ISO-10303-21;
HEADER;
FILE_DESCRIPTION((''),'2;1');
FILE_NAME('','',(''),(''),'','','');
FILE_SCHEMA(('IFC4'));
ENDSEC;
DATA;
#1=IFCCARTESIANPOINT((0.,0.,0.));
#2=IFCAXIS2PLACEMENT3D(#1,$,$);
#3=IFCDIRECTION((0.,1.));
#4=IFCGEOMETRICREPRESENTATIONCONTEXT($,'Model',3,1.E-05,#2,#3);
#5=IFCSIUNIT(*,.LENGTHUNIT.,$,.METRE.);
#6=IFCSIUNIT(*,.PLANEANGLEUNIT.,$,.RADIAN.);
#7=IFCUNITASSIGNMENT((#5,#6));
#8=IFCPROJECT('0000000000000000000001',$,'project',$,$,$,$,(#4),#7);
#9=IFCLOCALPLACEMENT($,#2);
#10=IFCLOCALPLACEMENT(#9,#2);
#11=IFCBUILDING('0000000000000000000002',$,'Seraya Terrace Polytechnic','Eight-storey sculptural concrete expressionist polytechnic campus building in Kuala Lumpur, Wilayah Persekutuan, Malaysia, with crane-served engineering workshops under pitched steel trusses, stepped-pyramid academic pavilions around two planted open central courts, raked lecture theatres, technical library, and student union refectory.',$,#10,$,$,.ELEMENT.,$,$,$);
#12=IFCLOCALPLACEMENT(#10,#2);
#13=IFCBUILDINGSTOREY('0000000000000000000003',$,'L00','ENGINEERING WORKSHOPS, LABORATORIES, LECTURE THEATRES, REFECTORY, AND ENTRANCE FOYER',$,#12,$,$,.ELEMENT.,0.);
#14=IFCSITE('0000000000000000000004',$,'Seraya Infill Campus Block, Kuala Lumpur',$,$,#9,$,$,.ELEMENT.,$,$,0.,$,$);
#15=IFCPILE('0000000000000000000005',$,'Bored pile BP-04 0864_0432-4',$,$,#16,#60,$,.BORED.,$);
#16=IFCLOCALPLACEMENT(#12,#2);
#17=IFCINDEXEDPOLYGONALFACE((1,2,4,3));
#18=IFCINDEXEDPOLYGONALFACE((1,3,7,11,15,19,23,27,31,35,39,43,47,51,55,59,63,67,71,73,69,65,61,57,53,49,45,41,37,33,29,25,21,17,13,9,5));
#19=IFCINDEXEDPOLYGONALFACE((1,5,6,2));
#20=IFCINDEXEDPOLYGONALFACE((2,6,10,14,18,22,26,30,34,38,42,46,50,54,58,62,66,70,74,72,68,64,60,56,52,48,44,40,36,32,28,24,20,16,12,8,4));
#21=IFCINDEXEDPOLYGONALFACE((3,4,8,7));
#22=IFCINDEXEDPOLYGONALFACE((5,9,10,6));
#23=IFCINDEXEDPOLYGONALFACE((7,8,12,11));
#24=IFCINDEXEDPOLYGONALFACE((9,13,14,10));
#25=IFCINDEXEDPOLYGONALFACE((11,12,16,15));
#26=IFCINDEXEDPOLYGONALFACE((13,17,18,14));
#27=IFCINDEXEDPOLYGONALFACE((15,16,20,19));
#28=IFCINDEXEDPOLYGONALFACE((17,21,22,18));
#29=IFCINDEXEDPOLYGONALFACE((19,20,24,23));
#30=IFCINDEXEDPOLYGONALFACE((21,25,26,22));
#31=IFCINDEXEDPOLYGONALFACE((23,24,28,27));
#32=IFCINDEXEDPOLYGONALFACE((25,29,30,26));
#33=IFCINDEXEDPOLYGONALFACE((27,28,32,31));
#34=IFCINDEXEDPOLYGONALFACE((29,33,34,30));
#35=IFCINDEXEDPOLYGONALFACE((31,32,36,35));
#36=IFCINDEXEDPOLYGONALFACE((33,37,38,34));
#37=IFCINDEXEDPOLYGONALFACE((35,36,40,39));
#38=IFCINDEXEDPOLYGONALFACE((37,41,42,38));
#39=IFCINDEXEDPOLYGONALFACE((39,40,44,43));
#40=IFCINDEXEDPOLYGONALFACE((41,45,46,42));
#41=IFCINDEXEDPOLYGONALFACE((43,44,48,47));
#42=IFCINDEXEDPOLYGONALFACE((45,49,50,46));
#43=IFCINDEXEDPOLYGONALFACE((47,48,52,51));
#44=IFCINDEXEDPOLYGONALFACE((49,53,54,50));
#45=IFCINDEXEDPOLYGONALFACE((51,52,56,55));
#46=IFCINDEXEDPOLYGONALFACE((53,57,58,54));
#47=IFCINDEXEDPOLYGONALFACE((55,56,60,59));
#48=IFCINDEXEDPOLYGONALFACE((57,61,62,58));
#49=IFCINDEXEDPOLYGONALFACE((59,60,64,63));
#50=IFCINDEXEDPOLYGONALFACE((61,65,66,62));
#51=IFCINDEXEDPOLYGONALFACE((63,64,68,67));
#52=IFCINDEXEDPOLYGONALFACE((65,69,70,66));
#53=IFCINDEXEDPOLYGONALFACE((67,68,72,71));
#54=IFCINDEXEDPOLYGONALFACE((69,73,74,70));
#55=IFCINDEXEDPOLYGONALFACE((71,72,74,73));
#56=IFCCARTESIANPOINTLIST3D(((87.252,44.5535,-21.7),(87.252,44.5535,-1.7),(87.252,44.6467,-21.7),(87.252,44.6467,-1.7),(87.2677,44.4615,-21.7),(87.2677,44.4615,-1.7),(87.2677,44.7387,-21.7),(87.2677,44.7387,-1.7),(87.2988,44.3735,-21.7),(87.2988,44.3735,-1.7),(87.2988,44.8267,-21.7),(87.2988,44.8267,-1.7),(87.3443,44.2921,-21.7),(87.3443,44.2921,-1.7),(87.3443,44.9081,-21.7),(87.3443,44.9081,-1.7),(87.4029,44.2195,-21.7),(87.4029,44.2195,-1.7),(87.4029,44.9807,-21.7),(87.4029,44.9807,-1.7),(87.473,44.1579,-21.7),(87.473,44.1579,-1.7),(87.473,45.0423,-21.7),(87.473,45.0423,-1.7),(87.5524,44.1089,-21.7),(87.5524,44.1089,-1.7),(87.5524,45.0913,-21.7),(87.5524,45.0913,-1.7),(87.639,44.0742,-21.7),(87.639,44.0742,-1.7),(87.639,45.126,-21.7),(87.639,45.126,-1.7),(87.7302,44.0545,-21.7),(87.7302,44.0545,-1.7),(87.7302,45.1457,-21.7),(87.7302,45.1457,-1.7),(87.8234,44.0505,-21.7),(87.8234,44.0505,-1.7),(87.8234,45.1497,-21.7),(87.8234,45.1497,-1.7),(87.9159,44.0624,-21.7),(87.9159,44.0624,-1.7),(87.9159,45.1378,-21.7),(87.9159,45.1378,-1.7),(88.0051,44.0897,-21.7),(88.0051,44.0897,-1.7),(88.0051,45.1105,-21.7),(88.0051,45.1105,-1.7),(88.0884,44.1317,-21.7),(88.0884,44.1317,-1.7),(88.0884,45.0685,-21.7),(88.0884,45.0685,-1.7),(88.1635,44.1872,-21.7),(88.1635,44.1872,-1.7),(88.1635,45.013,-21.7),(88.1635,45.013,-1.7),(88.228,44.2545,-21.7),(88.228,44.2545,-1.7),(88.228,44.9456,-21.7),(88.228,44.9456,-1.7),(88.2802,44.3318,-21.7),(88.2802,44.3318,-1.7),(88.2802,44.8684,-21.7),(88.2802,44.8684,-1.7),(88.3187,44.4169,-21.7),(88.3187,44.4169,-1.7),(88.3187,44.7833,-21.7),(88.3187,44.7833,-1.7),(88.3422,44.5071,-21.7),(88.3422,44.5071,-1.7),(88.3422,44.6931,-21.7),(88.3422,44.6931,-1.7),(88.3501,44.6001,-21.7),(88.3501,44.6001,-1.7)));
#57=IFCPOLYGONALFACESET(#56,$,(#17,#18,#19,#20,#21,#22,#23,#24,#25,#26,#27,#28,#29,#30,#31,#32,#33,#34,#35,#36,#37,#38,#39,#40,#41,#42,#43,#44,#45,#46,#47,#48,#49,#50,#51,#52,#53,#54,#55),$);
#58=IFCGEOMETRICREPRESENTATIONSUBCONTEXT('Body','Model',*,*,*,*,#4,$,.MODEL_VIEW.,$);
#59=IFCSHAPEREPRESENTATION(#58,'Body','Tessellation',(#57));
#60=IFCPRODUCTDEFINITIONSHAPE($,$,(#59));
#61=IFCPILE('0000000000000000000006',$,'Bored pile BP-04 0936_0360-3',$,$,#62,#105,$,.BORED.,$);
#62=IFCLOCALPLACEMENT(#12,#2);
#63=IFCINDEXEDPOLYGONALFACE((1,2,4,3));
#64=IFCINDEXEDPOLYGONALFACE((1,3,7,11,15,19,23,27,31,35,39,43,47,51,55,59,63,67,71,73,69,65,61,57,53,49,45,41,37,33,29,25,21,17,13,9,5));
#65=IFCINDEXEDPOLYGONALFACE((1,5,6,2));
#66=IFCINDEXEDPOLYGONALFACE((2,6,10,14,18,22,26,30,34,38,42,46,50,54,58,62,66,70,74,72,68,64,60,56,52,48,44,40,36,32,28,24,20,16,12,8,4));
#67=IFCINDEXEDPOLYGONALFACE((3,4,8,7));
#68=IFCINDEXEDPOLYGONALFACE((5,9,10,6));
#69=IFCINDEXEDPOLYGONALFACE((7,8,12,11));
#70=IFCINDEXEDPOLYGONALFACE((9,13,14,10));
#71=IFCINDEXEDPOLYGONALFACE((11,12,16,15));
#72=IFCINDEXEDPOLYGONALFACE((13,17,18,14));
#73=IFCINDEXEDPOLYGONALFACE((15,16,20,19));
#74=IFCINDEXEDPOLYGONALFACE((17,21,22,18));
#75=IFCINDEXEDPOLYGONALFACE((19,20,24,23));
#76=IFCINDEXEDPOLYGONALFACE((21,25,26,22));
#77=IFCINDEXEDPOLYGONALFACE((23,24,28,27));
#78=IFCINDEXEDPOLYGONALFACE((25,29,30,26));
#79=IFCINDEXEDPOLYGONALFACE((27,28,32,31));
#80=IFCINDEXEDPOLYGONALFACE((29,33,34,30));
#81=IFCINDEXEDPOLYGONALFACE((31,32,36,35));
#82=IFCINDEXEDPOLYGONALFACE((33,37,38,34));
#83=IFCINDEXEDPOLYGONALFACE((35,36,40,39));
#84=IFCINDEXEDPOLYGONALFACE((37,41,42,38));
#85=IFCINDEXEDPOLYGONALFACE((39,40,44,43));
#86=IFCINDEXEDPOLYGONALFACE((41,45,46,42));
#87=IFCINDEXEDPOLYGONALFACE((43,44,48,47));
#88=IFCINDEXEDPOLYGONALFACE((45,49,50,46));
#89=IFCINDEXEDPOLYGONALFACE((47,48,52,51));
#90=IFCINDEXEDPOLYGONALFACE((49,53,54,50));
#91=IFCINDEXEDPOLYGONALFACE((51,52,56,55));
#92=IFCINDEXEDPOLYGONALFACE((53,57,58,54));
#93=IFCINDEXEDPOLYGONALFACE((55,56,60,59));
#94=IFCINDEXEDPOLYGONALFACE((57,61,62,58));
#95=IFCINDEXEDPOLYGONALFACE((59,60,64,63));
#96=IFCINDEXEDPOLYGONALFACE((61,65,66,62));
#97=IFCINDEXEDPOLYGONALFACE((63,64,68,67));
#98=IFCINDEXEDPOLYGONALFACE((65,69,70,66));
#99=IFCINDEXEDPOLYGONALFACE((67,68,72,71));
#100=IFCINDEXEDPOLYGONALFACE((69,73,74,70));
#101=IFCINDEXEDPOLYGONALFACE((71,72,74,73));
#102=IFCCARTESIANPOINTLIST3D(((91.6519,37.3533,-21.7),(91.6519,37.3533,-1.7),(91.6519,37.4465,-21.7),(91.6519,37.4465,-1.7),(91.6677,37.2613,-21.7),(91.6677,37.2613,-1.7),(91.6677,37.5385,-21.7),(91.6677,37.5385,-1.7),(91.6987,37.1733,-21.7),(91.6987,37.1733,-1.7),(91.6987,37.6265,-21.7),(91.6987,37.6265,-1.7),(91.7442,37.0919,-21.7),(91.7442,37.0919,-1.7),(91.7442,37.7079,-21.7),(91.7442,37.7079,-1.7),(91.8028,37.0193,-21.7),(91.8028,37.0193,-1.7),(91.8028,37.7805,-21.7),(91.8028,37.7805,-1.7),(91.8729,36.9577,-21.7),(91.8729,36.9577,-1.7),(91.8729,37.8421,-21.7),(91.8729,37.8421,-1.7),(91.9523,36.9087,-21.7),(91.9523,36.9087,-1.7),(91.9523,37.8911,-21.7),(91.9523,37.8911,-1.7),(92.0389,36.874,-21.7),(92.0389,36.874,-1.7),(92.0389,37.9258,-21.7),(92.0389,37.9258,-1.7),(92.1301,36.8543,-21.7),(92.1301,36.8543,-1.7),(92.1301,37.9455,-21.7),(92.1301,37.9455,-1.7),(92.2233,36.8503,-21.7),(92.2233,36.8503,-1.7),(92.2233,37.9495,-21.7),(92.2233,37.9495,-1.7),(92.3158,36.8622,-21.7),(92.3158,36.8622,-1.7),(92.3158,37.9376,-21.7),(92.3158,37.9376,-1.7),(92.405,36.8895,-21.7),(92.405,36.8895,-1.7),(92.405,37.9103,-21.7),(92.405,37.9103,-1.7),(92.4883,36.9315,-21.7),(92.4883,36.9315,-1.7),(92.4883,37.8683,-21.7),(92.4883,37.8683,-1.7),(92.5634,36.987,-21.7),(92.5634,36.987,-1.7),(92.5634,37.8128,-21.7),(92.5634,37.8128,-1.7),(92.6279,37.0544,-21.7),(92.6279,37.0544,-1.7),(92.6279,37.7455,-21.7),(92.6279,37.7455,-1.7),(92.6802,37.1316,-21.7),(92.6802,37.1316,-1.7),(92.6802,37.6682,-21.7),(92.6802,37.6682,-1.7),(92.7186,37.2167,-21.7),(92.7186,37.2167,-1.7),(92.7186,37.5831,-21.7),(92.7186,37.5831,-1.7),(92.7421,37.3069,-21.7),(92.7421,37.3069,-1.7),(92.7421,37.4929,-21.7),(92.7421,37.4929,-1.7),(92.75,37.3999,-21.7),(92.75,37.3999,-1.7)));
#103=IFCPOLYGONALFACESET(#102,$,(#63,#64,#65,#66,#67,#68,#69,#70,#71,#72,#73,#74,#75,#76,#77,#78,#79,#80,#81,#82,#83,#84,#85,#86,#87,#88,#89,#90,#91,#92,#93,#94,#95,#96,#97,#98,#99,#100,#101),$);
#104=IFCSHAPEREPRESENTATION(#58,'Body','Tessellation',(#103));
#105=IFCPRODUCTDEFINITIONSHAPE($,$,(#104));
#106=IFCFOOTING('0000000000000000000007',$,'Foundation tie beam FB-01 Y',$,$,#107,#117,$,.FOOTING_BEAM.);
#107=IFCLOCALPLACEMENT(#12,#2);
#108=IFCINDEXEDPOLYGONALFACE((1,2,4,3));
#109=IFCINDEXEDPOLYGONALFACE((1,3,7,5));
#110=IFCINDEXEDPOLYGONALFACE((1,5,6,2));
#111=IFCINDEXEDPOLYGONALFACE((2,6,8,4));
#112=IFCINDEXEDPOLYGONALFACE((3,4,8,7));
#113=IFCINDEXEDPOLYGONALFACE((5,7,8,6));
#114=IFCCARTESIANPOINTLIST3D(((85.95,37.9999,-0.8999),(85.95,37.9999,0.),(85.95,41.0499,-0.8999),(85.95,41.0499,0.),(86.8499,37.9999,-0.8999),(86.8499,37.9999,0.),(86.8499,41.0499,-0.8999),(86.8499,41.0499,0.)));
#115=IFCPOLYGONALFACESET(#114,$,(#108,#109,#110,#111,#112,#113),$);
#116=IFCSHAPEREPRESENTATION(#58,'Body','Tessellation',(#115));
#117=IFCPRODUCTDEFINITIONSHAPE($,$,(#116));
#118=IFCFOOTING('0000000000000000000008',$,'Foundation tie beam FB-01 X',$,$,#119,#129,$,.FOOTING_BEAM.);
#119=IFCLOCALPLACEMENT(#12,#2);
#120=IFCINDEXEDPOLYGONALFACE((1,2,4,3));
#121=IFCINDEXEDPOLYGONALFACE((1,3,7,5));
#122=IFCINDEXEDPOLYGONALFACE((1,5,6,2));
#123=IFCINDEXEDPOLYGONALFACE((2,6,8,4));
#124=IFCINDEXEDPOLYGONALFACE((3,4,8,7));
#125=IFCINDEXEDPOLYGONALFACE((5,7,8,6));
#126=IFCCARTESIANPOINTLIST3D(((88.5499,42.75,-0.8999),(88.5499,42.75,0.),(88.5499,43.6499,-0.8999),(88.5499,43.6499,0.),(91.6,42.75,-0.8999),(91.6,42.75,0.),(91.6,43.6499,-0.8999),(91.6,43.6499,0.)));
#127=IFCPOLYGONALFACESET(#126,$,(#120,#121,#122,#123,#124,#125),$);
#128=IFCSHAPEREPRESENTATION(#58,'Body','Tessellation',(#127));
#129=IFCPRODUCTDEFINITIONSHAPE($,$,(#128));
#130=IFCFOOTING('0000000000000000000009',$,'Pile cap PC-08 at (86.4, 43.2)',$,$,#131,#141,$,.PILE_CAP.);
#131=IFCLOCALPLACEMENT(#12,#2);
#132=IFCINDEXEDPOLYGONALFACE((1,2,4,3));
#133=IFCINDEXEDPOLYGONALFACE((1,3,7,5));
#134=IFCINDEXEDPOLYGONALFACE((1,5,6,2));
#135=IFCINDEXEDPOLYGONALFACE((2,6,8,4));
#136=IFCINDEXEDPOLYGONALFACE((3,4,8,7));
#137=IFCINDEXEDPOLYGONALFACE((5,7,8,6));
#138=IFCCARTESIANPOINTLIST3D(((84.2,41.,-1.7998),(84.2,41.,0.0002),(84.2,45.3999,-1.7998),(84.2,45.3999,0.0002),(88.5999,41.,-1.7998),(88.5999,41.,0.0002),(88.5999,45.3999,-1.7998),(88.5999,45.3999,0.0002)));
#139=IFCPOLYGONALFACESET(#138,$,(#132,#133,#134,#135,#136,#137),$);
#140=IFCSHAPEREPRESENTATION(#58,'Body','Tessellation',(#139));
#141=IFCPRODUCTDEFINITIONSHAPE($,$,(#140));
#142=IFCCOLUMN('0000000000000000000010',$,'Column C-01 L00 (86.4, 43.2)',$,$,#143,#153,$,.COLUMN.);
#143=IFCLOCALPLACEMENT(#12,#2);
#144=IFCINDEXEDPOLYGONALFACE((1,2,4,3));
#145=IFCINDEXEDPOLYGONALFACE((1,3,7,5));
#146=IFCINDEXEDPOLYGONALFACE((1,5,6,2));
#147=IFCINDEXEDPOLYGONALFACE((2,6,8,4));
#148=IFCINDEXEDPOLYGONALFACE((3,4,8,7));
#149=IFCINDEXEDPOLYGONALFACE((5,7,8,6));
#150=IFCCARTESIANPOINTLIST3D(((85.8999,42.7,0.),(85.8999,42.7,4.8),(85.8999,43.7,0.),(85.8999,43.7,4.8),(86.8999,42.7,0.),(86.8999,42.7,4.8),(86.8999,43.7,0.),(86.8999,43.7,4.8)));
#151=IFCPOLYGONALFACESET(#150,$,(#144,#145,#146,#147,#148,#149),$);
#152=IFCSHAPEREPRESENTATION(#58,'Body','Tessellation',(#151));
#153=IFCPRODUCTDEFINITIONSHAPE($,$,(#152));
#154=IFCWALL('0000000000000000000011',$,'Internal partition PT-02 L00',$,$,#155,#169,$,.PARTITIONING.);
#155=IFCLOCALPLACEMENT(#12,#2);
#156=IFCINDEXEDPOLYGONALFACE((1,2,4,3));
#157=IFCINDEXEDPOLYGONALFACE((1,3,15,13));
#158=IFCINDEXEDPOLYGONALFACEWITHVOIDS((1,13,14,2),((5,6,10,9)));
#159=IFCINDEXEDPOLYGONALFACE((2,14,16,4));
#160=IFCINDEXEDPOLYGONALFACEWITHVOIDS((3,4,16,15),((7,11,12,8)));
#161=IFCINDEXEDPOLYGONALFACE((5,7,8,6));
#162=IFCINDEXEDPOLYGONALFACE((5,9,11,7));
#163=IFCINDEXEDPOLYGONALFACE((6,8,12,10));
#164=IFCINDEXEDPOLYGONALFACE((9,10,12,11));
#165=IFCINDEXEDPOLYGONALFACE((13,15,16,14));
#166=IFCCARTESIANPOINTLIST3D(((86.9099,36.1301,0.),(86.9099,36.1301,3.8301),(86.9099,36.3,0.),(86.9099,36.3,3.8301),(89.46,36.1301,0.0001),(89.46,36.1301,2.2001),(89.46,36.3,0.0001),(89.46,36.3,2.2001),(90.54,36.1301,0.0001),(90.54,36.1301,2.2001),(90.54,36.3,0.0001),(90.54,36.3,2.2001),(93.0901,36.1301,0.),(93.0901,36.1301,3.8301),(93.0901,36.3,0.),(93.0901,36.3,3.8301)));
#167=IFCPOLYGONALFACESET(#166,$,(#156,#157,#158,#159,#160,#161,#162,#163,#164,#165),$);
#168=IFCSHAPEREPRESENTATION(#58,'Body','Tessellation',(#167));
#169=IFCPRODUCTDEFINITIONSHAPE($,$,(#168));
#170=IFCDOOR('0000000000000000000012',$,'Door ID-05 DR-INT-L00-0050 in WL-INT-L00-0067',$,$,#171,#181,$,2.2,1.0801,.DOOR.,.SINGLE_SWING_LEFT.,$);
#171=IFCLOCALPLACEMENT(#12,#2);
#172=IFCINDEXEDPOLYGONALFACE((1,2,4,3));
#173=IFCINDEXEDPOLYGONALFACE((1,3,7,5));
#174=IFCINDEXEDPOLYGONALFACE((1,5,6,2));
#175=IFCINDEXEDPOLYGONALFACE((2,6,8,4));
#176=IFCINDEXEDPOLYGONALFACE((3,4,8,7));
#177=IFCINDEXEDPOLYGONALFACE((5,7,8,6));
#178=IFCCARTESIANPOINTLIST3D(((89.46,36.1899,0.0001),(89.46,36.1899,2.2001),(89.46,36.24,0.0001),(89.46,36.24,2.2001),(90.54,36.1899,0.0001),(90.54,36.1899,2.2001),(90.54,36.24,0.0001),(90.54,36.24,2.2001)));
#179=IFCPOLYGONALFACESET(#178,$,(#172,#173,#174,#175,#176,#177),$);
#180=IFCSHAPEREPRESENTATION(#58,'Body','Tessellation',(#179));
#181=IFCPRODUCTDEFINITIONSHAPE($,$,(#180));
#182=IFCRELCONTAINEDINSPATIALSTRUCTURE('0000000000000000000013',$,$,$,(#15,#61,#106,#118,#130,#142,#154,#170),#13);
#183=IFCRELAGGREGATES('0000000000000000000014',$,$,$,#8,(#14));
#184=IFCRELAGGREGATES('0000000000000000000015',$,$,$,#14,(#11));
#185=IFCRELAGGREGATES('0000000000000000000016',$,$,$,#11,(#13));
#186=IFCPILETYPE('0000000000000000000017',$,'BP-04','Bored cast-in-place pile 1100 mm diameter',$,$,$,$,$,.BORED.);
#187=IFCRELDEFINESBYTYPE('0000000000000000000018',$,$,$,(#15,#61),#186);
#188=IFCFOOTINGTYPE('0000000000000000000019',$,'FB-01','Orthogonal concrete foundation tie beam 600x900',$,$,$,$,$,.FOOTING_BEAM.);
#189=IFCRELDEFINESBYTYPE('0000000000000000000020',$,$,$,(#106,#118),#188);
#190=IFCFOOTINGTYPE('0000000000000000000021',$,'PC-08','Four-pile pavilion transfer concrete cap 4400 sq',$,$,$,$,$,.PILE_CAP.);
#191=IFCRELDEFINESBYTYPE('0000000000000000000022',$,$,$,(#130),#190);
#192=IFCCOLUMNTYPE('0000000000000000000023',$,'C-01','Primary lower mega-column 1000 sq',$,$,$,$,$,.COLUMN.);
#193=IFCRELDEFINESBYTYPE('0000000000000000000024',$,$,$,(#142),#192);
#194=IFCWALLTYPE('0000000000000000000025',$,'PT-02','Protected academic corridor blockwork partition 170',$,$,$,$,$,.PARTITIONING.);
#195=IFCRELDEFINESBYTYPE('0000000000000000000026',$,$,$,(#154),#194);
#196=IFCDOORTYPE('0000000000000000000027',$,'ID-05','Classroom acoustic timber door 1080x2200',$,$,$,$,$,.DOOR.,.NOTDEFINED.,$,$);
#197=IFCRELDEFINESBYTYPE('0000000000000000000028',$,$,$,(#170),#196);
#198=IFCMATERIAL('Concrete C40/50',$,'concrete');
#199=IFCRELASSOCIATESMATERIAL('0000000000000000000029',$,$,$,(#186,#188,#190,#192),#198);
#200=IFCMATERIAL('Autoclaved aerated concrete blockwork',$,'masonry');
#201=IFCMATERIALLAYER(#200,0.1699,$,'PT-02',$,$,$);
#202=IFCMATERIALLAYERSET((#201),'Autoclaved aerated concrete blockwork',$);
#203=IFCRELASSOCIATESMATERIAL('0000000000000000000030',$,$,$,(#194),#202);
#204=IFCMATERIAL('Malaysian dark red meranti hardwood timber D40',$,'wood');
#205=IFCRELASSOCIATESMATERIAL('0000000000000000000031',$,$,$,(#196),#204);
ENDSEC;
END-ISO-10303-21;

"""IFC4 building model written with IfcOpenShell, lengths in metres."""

from ifc_helpers import new_model, si_unit, direction, frame, frame_2d, origin, origin_2d, place, context, subcontext, project, spatial, rectangle, circle, extrude, material, layer, layer_set, material_profile, profile_set, type_object, element, fill, save


model = new_model("IFC4")

# Units and contexts
model_context = context("Model", 3, precision=1e-05, world=origin(), true_north=direction((0.0, 1.0)))
body_context = subcontext(model_context, "Body", "Model", "MODEL_VIEW")
ifc_project = project(units=[si_unit("LENGTHUNIT", "METRE"), si_unit("PLANEANGLEUNIT", "RADIAN")], contexts=[model_context])

# Site, building, storey
site_placement = place(None, origin())
site = spatial("IfcSite", under=ifc_project, at=site_placement, Name="Seraya Infill Campus Block, Kuala Lumpur", CompositionType="ELEMENT", RefElevation=0.0)
building_placement = place(site_placement, origin())
building = spatial("IfcBuilding", under=site, at=building_placement, Name="Seraya Terrace Polytechnic", Description="Eight-storey sculptural concrete expressionist polytechnic campus building in Kuala Lumpur, Wilayah Persekutuan, Malaysia, with crane-served engineering workshops under pitched steel trusses, stepped-pyramid academic pavilions around two planted open central courts, raked lecture theatres, technical library, and student union refectory.", CompositionType="ELEMENT")
storey_placement = place(building_placement, origin())
storey = spatial("IfcBuildingStorey", under=building, at=storey_placement, Name="L00", Description="ENGINEERING WORKSHOPS, LABORATORIES, LECTURE THEATRES, REFECTORY, AND ENTRANCE FOYER", CompositionType="ELEMENT", Elevation=0.0)

# Piles
ifc_material_1 = material(Name="Concrete C40/50", Category="concrete")
ifc_material_profile_1 = material_profile(ifc_material_1, circle(Radius=0.55, at=origin_2d()), Name="DIA 1100")
ifc_profile_set_1 = profile_set([ifc_material_profile_1], Name="Concrete C40/50")
pile_type_1 = type_object("IfcPileType", Name="BP-04", Description="Bored cast-in-place pile 1100 mm diameter", PredefinedType="BORED", material=ifc_profile_set_1)
for number, where, z_axis, x_axis, name in (
    (1, (87.8, 44.6001, -1.7), (0.0, 0.0, -1.0), (1.0, 0.0, 0.0), "Bored pile BP-04 0864_0432-4"),
    (2, (92.2, 37.3999, -1.7), (0.0, 0.0, -1.0), (1.0, 0.0, 0.0), "Bored pile BP-04 0936_0360-3"),
):
    element("IfcPile", number, at=place(storey_placement, frame(where, z_axis=z_axis, x_axis=x_axis)), inside=storey, type_object=pile_type_1, Name=name, PredefinedType="BORED", context=body_context, shape_type="SweptSolid", body=[
        extrude(circle(Radius=0.55, at=origin_2d()), origin(), (0.0, 0.0, 1.0), 20.0),
    ])

# Footings
footing_type_1 = type_object("IfcFootingType", Name="FB-01", Description="Orthogonal concrete foundation tie beam 600x900", PredefinedType="FOOTING_BEAM", material=ifc_material_1)
for number, where, z_axis, x_axis, name in (
    (3, (86.3999, 39.5249, -0.8999), (0.0, 0.0, 1.0), (0.0, 1.0, 0.0), "Foundation tie beam FB-01 Y"),
    (4, (90.075, 43.2, -0.8999), (0.0, 0.0, 1.0), (1.0, 0.0, 0.0), "Foundation tie beam FB-01 X"),
):
    element("IfcFooting", number, at=place(storey_placement, frame(where, z_axis=z_axis, x_axis=x_axis)), inside=storey, type_object=footing_type_1, Name=name, PredefinedType="FOOTING_BEAM", context=body_context, shape_type="SweptSolid", body=[
        extrude(rectangle(XDim=3.05, YDim=0.8999, at=origin_2d()), origin(), (0.0, 0.0, 1.0), 0.8999),
    ])
footing_type_2 = type_object("IfcFootingType", Name="PC-08", Description="Four-pile pavilion transfer concrete cap 4400 sq", PredefinedType="PILE_CAP", material=ifc_material_1)
footing_placement = place(storey_placement, frame((86.3999, 43.2, -1.7998), z_axis=(0.0, 0.0, 1.0), x_axis=(1.0, 0.0, 0.0)))
element("IfcFooting", 5, at=footing_placement, inside=storey, type_object=footing_type_2, Name="Pile cap PC-08 at (86.4, 43.2)", PredefinedType="PILE_CAP", context=body_context, shape_type="SweptSolid", body=[
    extrude(rectangle(XDim=4.3999, YDim=4.3999, at=origin_2d()), origin(), (0.0, 0.0, 1.0), 1.8),
])

# Column
ifc_material_profile_2 = material_profile(ifc_material_1, rectangle(XDim=1.0, YDim=1.0, at=origin_2d()), Name="RC 1000x1000")
ifc_profile_set_2 = profile_set([ifc_material_profile_2], Name="Concrete C40/50")
column_type = type_object("IfcColumnType", Name="C-01", Description="Primary lower mega-column 1000 sq", PredefinedType="COLUMN", material=ifc_profile_set_2)
column_placement = place(storey_placement, frame((86.3999, 43.2, 0.0), z_axis=(0.0, 0.0, 1.0), x_axis=(1.0, 0.0, 0.0)))
element("IfcColumn", 6, at=column_placement, inside=storey, type_object=column_type, Name="Column C-01 L00 (86.4, 43.2)", PredefinedType="COLUMN", context=body_context, shape_type="SweptSolid", body=[
    extrude(rectangle(XDim=1.0, YDim=1.0, at=origin_2d()), origin(), (0.0, 0.0, 1.0), 4.8),
])

# Wall, opening, door
ifc_material_2 = material(Name="Autoclaved aerated concrete blockwork", Category="masonry")
ifc_layer_1 = layer(ifc_material_2, 0.1699, Name="PT-02")
ifc_layer_set_1 = layer_set([ifc_layer_1], Name="Autoclaved aerated concrete blockwork")
wall_type_1 = type_object("IfcWallType", Name="PT-02", Description="Protected academic corridor blockwork partition 170", PredefinedType="PARTITIONING", material=ifc_layer_set_1)
wall_1_placement = place(storey_placement, frame((86.9099, 36.2151, 0.0), z_axis=(0.0, 0.0, 1.0), x_axis=(1.0, 0.0, 0.0)))
wall_1 = element("IfcWall", 7, at=wall_1_placement, inside=storey, type_object=wall_type_1, Name="Internal partition PT-02 L00", PredefinedType="PARTITIONING", context=body_context, shape_type="SweptSolid", body=[
    extrude(rectangle(XDim=6.1802, YDim=0.1699, at=frame_2d((3.0901, 0.0))), origin(), (0.0, 0.0, 1.0), 3.8301),
])
opening_1_placement = place(wall_1_placement, frame((2.55, 0.0, 0.0)))
opening_1 = element("IfcOpeningElement", 8, at=opening_1_placement, cuts=wall_1, PredefinedType="OPENING", context=body_context, shape_type="SweptSolid", body=[
    extrude(rectangle(XDim=1.0801, YDim=2.2, at=frame_2d((0.54, 1.1001))), frame((0.0, 0.0969, 0.0), z_axis=(0.0, -1.0, 0.0), x_axis=(1.0, 0.0, 0.0)), (0.0, 0.0, 1.0), 0.1938),
])
ifc_material_3 = material(Name="Malaysian dark red meranti hardwood timber D40", Category="wood")
door_type_1 = type_object("IfcDoorType", Name="ID-05", Description="Classroom acoustic timber door 1080x2200", OperationType="NOTDEFINED", PredefinedType="DOOR", material=ifc_material_3)
door_1_placement = place(opening_1_placement, origin())
door_1 = element("IfcDoor", 9, at=door_1_placement, inside=storey, type_object=door_type_1, Name="Door ID-05 DR-INT-L00-0050 in WL-INT-L00-0067", OperationType="SINGLE_SWING_LEFT", OverallHeight=2.2, OverallWidth=1.0801, PredefinedType="DOOR", context=body_context, shape_type="SweptSolid", body=[
    extrude(rectangle(XDim=1.0801, YDim=2.2, at=frame_2d((0.54, 1.1001))), frame((0.0, 0.0249, 0.0), z_axis=(0.0, -1.0, 0.0), x_axis=(1.0, 0.0, 0.0)), (0.0, 0.0, 1.0), 0.05),
])
fill(opening_1, door_1)

save(model, "model.ifc")
